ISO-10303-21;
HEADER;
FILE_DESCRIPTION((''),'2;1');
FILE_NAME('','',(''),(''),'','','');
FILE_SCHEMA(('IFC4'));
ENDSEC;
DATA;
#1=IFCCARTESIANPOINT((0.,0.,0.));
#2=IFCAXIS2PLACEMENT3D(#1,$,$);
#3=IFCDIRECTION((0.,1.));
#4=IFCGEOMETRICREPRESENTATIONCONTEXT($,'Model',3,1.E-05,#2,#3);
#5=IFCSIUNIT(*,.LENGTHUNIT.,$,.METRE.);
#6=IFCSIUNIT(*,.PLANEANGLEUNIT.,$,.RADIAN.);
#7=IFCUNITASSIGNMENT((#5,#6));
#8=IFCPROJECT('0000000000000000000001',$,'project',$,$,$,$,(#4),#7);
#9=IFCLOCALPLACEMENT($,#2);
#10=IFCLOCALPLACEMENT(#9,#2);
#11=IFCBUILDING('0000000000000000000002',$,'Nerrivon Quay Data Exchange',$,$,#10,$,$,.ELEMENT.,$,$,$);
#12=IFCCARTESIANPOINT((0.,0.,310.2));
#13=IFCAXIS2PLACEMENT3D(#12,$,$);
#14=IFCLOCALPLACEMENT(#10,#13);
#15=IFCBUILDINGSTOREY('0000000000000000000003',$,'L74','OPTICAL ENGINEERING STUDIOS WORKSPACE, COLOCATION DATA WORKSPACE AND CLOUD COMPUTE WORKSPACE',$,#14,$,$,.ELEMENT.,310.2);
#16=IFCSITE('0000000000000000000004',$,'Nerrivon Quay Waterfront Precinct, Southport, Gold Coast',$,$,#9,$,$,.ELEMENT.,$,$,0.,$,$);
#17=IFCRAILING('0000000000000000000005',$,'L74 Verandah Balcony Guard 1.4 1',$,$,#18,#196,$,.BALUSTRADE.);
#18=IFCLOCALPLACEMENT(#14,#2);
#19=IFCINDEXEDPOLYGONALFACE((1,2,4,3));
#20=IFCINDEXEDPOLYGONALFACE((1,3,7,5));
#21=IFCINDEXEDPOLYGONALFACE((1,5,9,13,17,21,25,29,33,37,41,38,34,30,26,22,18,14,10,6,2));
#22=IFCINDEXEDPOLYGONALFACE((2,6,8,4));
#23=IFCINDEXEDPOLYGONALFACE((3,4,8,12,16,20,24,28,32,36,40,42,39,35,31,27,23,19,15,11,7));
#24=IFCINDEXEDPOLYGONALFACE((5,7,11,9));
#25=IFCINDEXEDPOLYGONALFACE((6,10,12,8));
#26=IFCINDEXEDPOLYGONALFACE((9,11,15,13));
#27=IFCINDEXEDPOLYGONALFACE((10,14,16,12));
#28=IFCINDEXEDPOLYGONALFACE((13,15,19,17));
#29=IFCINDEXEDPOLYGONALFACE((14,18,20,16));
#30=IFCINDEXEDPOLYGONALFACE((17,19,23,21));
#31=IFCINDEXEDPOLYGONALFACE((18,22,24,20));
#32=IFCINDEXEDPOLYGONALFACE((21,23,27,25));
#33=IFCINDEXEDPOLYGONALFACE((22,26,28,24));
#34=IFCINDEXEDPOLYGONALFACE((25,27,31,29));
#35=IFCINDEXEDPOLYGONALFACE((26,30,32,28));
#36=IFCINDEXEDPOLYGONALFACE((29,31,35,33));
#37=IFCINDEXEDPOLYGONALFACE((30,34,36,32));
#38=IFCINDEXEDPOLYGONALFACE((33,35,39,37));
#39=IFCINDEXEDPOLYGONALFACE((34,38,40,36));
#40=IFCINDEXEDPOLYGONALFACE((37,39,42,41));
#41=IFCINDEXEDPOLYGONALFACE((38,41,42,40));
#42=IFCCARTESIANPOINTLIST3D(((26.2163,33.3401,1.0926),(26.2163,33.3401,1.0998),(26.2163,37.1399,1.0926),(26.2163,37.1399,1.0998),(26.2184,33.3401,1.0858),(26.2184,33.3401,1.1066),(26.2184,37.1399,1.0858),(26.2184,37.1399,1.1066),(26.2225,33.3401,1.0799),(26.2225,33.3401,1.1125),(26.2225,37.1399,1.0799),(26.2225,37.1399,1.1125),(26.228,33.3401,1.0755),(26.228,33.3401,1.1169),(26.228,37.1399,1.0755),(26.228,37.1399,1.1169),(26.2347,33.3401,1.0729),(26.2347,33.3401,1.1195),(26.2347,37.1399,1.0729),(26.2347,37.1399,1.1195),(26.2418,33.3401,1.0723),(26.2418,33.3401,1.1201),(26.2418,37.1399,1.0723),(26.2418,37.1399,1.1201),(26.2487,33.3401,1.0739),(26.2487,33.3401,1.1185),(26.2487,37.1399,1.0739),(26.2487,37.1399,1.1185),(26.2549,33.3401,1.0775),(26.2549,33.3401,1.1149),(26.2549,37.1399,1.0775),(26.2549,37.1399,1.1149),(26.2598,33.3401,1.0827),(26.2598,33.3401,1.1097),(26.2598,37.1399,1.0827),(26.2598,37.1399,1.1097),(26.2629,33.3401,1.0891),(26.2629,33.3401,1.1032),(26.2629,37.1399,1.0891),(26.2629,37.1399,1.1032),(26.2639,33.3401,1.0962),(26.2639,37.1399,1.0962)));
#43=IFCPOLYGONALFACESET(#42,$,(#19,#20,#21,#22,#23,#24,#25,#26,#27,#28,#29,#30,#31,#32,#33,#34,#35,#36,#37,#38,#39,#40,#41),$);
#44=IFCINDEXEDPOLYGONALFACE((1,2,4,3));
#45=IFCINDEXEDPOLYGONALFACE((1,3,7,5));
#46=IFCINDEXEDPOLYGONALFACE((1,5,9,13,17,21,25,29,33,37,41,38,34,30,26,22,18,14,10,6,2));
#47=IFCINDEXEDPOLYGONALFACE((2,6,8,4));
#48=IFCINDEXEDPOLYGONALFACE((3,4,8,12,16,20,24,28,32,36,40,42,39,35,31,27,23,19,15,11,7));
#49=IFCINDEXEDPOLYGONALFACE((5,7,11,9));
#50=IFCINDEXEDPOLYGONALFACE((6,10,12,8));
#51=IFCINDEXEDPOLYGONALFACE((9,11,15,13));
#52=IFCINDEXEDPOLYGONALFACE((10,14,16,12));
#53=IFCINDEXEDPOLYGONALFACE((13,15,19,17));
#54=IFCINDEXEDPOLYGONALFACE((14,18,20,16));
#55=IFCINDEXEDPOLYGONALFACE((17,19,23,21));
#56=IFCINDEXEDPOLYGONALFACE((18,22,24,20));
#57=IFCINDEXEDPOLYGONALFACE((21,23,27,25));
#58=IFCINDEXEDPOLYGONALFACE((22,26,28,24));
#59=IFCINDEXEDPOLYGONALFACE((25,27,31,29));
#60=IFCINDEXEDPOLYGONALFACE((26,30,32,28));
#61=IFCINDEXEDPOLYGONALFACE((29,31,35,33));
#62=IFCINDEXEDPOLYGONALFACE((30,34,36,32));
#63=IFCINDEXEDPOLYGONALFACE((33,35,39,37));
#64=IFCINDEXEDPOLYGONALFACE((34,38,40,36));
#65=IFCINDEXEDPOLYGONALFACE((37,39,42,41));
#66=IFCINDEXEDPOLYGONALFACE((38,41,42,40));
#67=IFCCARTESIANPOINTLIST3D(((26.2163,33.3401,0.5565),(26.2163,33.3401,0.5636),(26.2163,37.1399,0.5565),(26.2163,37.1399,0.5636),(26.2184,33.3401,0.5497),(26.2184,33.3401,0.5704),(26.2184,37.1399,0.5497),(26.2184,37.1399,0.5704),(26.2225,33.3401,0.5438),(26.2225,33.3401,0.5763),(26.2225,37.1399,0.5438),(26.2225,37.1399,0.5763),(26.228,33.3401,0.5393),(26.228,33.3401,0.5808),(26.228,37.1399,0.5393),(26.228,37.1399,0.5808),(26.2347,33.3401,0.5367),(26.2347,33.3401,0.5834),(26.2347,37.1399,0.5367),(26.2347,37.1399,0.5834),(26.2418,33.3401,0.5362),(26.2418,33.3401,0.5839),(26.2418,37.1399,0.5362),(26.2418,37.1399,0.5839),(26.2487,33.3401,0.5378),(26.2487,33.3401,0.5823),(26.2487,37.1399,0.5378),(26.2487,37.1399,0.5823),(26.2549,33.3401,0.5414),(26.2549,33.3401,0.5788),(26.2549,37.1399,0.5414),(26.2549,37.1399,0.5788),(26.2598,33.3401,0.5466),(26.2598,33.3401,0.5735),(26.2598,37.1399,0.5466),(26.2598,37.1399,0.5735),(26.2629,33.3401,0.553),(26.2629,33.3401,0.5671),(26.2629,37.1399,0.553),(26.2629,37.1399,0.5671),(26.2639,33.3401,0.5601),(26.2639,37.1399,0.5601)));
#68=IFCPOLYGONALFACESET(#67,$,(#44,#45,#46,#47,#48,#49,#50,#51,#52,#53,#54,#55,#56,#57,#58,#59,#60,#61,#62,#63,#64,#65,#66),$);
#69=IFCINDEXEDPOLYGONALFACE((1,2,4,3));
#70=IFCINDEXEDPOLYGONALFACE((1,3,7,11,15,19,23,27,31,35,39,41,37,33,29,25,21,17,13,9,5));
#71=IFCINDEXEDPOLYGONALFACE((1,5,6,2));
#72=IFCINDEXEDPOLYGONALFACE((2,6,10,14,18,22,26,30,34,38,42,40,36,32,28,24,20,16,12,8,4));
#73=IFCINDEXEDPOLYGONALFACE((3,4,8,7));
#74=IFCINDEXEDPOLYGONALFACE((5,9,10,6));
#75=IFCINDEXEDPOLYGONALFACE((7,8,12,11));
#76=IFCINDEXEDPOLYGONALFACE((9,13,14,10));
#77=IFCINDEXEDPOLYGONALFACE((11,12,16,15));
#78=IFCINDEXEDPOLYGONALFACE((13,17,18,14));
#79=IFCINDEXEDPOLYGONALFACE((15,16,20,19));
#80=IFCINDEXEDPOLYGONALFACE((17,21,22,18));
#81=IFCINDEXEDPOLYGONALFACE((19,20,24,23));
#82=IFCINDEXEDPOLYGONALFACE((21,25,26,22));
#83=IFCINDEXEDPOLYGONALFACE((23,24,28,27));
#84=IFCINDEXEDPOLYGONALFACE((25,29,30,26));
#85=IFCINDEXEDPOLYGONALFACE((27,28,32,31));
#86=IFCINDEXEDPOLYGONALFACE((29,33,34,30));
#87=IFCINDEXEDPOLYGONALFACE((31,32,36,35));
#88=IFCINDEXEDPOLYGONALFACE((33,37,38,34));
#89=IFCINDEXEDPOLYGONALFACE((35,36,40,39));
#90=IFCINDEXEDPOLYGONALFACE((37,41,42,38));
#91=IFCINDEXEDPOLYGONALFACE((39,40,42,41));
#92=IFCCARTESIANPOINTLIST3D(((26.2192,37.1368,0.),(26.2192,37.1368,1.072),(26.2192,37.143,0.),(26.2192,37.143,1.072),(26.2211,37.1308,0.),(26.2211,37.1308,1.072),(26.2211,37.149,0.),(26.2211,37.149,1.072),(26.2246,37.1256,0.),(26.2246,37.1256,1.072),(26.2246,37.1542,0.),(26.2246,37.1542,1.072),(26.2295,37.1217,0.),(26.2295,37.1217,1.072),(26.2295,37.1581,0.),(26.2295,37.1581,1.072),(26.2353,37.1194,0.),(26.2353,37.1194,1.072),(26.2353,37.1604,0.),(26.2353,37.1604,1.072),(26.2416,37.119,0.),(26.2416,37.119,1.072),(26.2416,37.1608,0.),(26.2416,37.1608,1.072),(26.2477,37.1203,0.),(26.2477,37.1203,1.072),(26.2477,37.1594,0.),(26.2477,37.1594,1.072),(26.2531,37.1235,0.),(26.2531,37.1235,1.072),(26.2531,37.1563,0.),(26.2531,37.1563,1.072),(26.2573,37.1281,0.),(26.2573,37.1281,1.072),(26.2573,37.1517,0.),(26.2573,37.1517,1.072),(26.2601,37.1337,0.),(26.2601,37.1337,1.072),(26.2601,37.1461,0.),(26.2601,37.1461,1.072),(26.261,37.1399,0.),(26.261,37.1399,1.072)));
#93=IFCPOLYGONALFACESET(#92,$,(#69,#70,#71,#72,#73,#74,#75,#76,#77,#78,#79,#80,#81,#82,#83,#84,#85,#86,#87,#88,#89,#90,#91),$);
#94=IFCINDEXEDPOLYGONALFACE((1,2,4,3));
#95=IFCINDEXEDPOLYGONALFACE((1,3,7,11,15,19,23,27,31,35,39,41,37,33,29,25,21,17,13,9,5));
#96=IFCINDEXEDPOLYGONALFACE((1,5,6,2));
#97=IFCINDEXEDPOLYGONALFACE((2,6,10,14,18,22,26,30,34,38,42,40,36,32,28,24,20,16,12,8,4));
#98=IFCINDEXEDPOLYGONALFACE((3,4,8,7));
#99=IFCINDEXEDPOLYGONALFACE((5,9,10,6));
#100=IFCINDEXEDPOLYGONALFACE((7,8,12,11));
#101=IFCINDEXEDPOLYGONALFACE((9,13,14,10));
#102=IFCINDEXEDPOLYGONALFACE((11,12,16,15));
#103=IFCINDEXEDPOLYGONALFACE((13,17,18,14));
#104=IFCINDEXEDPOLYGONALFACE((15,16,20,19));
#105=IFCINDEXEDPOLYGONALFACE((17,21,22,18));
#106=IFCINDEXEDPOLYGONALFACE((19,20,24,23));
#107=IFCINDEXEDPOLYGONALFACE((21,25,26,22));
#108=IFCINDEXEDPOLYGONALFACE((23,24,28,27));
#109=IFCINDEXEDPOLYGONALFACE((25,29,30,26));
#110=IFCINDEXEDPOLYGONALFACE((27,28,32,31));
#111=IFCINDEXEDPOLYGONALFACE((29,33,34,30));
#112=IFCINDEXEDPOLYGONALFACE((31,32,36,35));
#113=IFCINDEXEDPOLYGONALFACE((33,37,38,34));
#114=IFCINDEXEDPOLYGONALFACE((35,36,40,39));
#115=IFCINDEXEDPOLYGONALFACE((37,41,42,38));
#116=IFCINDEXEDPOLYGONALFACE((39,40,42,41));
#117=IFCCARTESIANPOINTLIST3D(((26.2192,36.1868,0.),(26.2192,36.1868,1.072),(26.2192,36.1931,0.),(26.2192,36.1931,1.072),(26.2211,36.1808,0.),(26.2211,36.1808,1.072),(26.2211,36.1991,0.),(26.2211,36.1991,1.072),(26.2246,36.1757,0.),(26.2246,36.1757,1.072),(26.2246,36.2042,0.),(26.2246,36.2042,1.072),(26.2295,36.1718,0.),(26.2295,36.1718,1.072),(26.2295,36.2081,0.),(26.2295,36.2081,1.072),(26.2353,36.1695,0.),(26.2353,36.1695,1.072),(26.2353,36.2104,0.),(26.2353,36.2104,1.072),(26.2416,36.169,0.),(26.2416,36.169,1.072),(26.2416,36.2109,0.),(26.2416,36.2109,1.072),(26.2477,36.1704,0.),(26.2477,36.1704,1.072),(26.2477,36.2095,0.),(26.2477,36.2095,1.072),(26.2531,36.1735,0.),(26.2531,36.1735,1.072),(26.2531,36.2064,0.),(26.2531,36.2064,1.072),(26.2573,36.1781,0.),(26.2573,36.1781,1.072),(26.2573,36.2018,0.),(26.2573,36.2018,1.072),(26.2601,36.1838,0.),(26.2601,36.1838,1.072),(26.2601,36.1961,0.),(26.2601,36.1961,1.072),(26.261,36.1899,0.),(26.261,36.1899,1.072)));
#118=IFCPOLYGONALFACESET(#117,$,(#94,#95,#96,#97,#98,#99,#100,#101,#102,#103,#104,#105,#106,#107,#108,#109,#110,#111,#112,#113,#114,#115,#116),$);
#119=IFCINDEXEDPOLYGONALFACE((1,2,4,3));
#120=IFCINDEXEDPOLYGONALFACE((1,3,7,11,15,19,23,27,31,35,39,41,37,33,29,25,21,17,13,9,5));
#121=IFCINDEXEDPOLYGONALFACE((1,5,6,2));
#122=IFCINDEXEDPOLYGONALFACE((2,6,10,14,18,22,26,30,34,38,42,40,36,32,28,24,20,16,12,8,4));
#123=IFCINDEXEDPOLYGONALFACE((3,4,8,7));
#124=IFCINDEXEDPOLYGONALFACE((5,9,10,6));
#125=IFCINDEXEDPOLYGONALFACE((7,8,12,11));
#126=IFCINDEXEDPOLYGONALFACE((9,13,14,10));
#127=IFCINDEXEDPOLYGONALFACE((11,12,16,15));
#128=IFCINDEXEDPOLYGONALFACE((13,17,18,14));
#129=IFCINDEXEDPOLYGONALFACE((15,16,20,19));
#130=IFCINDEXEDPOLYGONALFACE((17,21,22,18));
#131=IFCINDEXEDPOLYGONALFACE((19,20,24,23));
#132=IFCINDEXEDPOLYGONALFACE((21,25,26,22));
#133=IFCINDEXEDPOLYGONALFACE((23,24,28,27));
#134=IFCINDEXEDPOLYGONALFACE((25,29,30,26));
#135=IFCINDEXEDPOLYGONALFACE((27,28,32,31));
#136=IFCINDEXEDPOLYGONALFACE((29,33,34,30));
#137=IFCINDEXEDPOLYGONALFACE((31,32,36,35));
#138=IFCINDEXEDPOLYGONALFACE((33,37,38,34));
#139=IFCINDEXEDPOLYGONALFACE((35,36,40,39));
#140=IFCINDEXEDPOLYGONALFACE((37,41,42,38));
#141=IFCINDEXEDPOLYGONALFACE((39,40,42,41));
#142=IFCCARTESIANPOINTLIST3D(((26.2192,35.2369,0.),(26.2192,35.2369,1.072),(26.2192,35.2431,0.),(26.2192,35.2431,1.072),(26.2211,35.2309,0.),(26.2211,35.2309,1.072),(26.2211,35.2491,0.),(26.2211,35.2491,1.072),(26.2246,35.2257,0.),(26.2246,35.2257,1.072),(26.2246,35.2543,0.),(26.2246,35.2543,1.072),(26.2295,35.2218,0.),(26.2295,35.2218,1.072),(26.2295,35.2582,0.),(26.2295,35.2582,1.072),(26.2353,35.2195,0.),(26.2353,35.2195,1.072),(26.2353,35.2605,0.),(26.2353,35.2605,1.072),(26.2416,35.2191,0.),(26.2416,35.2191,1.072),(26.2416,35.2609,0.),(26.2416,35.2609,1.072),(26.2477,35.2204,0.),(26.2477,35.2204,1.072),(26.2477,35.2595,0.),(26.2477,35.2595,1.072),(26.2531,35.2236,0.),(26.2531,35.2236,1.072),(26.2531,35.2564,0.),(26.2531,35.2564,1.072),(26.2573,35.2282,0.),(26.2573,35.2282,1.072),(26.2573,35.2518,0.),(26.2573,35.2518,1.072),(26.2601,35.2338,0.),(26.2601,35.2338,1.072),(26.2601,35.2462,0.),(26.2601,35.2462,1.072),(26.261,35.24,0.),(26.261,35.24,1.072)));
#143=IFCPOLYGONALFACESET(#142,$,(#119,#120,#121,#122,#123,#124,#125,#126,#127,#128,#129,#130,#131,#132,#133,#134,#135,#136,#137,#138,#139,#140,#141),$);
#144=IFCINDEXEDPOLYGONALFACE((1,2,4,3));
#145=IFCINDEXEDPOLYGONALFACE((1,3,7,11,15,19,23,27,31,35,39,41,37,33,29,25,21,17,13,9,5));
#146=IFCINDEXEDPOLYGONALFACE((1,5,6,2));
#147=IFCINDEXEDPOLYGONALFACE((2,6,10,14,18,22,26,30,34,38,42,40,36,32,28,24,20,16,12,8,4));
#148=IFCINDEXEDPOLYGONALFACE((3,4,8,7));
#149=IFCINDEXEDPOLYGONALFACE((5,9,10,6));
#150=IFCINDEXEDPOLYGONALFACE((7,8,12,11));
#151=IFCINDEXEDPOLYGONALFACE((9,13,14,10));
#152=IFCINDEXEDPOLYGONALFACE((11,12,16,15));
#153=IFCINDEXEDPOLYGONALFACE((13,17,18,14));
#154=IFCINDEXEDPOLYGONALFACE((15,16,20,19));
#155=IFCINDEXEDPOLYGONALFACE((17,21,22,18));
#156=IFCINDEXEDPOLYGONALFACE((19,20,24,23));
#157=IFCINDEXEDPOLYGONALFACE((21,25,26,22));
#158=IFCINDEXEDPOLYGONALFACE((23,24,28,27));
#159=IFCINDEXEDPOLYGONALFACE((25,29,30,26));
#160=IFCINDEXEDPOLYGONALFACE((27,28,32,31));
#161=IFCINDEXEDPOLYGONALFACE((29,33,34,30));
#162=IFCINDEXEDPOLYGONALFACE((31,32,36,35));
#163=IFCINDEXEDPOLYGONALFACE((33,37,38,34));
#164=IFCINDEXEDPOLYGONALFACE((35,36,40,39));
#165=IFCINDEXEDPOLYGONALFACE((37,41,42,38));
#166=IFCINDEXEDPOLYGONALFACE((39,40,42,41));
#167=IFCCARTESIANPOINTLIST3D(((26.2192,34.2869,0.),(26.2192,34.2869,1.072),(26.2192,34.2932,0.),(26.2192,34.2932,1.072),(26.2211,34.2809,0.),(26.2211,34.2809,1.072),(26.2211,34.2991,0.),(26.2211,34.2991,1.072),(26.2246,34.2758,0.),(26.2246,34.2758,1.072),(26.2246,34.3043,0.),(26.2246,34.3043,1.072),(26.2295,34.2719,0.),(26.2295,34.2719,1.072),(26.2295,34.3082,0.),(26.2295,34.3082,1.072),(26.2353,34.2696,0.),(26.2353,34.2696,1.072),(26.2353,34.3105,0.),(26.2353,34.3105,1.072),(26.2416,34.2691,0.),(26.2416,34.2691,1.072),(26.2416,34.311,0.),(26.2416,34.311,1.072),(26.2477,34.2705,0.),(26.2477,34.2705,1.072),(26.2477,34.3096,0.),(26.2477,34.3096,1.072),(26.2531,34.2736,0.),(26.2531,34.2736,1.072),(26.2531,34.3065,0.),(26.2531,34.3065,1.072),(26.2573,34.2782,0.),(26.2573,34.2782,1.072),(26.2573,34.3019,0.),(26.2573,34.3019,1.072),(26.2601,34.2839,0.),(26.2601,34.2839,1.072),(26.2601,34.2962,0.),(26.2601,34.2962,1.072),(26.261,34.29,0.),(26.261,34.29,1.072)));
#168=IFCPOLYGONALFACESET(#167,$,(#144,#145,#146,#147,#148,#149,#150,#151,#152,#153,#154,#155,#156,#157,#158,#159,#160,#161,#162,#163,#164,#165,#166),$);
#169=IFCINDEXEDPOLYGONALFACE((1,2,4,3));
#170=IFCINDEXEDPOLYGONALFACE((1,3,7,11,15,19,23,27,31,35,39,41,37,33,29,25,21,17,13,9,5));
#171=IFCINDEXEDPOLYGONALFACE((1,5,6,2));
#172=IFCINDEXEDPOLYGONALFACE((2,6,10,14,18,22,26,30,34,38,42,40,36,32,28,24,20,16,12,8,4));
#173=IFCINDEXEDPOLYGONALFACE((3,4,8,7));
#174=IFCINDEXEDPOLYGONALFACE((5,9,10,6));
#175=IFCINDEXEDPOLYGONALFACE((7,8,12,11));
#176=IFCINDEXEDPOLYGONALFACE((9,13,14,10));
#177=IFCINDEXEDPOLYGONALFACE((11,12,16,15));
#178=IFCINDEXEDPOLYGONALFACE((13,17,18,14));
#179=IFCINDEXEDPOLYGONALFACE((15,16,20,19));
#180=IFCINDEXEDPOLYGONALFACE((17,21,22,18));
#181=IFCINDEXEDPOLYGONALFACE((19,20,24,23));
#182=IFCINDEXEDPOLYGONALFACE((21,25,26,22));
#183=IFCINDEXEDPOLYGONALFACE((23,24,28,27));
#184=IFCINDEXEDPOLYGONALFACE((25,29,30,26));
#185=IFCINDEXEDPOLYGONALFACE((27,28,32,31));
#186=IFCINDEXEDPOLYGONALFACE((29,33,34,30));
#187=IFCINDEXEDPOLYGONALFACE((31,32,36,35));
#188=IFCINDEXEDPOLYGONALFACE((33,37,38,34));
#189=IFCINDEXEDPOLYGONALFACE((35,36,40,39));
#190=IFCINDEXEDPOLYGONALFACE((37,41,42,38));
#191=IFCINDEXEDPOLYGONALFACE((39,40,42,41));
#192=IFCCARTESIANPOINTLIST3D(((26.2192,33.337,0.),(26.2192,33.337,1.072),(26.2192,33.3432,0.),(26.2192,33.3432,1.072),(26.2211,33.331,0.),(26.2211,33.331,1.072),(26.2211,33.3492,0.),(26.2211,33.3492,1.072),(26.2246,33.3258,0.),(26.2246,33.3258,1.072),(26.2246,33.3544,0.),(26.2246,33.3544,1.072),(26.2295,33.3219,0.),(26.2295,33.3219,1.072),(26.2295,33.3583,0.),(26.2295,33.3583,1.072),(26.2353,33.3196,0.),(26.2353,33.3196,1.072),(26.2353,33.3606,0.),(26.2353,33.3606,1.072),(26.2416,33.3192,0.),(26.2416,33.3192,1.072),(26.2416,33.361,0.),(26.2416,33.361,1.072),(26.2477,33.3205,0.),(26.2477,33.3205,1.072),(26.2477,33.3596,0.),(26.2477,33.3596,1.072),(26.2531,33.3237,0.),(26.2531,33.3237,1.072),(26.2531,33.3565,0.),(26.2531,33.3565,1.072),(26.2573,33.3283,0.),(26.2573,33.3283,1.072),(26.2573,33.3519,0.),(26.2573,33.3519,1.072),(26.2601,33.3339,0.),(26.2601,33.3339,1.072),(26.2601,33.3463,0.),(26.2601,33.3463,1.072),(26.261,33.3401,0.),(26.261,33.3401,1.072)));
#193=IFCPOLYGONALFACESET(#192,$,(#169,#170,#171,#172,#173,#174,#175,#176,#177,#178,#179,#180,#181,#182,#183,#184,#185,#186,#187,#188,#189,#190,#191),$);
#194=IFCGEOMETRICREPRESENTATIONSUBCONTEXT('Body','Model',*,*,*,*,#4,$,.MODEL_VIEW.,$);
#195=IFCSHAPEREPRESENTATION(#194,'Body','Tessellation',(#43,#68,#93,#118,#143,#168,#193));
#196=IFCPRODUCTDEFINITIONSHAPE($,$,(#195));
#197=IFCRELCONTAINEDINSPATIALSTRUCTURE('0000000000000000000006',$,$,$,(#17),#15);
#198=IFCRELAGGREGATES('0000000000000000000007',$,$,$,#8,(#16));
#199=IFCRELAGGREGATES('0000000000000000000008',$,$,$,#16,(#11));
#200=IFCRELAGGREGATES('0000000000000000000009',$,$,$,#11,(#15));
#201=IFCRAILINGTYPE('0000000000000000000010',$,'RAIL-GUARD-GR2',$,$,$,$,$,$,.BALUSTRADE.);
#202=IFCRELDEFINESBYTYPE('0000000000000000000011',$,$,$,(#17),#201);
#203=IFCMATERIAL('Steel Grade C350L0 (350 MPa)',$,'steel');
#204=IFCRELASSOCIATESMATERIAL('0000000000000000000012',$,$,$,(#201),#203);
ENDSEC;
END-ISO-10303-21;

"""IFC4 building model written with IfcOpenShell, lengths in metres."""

from ifc_helpers import new_model, si_unit, direction, frame, origin, origin_2d, place, context, subcontext, project, spatial, circle, extrude, material, type_object, element, save


model = new_model("IFC4")

# Units and contexts
model_context = context("Model", 3, precision=1e-05, world=origin(), true_north=direction((0.0, 1.0)))
body_context = subcontext(model_context, "Body", "Model", "MODEL_VIEW")
ifc_project = project(units=[si_unit("LENGTHUNIT", "METRE"), si_unit("PLANEANGLEUNIT", "RADIAN")], contexts=[model_context])

# Site, building, storey
site_placement = place(None, origin())
site = spatial("IfcSite", under=ifc_project, at=site_placement, Name="Nerrivon Quay Waterfront Precinct, Southport, Gold Coast", CompositionType="ELEMENT", RefElevation=0.0)
building_placement = place(site_placement, origin())
building = spatial("IfcBuilding", under=site, at=building_placement, Name="Nerrivon Quay Data Exchange", CompositionType="ELEMENT")
storey_placement = place(building_placement, frame((0.0, 0.0, 310.2)))
storey = spatial("IfcBuildingStorey", under=building, at=storey_placement, Name="L74", Description="OPTICAL ENGINEERING STUDIOS WORKSPACE, COLOCATION DATA WORKSPACE AND CLOUD COMPUTE WORKSPACE", CompositionType="ELEMENT", Elevation=310.2)

# Railing
ifc_material_1 = material(Name="Steel Grade C350L0 (350 MPa)", Category="steel")
railing_type = type_object("IfcRailingType", Name="RAIL-GUARD-GR2", PredefinedType="BALUSTRADE", material=ifc_material_1)
railing_1_placement = place(storey_placement, frame((26.24, 37.1399, 0.0)))
element("IfcRailing", 1, at=railing_1_placement, inside=storey, type_object=railing_type, Name="L74 Verandah Balcony Guard 1.4 1", PredefinedType="BALUSTRADE", context=body_context, shape_type="SweptSolid", body=[
    extrude(circle(Radius=0.0239, at=origin_2d()), frame((0.0, 0.0, 1.0962), z_axis=(0.0, -1.0, 0.0), x_axis=(1.0, 0.0, 0.0)), (0.0, 0.0, 1.0), 3.7998),
    extrude(circle(Radius=0.0239, at=origin_2d()), frame((0.0, 0.0, 0.5601), z_axis=(0.0, -1.0, 0.0), x_axis=(1.0, 0.0, 0.0)), (0.0, 0.0, 1.0), 3.7998),
    extrude(circle(Radius=0.021, at=origin_2d()), origin(), (0.0, 0.0, 1.0), 1.072),
    extrude(circle(Radius=0.021, at=origin_2d()), frame((0.0, -0.95, 0.0)), (0.0, 0.0, 1.0), 1.072),
    extrude(circle(Radius=0.021, at=origin_2d()), frame((0.0, -1.8999, 0.0)), (0.0, 0.0, 1.0), 1.072),
    extrude(circle(Radius=0.021, at=origin_2d()), frame((0.0, -2.8499, 0.0)), (0.0, 0.0, 1.0), 1.072),
    extrude(circle(Radius=0.021, at=origin_2d()), frame((0.0, -3.7998, 0.0)), (0.0, 0.0, 1.0), 1.072),
])

save(model, "model.ifc")
